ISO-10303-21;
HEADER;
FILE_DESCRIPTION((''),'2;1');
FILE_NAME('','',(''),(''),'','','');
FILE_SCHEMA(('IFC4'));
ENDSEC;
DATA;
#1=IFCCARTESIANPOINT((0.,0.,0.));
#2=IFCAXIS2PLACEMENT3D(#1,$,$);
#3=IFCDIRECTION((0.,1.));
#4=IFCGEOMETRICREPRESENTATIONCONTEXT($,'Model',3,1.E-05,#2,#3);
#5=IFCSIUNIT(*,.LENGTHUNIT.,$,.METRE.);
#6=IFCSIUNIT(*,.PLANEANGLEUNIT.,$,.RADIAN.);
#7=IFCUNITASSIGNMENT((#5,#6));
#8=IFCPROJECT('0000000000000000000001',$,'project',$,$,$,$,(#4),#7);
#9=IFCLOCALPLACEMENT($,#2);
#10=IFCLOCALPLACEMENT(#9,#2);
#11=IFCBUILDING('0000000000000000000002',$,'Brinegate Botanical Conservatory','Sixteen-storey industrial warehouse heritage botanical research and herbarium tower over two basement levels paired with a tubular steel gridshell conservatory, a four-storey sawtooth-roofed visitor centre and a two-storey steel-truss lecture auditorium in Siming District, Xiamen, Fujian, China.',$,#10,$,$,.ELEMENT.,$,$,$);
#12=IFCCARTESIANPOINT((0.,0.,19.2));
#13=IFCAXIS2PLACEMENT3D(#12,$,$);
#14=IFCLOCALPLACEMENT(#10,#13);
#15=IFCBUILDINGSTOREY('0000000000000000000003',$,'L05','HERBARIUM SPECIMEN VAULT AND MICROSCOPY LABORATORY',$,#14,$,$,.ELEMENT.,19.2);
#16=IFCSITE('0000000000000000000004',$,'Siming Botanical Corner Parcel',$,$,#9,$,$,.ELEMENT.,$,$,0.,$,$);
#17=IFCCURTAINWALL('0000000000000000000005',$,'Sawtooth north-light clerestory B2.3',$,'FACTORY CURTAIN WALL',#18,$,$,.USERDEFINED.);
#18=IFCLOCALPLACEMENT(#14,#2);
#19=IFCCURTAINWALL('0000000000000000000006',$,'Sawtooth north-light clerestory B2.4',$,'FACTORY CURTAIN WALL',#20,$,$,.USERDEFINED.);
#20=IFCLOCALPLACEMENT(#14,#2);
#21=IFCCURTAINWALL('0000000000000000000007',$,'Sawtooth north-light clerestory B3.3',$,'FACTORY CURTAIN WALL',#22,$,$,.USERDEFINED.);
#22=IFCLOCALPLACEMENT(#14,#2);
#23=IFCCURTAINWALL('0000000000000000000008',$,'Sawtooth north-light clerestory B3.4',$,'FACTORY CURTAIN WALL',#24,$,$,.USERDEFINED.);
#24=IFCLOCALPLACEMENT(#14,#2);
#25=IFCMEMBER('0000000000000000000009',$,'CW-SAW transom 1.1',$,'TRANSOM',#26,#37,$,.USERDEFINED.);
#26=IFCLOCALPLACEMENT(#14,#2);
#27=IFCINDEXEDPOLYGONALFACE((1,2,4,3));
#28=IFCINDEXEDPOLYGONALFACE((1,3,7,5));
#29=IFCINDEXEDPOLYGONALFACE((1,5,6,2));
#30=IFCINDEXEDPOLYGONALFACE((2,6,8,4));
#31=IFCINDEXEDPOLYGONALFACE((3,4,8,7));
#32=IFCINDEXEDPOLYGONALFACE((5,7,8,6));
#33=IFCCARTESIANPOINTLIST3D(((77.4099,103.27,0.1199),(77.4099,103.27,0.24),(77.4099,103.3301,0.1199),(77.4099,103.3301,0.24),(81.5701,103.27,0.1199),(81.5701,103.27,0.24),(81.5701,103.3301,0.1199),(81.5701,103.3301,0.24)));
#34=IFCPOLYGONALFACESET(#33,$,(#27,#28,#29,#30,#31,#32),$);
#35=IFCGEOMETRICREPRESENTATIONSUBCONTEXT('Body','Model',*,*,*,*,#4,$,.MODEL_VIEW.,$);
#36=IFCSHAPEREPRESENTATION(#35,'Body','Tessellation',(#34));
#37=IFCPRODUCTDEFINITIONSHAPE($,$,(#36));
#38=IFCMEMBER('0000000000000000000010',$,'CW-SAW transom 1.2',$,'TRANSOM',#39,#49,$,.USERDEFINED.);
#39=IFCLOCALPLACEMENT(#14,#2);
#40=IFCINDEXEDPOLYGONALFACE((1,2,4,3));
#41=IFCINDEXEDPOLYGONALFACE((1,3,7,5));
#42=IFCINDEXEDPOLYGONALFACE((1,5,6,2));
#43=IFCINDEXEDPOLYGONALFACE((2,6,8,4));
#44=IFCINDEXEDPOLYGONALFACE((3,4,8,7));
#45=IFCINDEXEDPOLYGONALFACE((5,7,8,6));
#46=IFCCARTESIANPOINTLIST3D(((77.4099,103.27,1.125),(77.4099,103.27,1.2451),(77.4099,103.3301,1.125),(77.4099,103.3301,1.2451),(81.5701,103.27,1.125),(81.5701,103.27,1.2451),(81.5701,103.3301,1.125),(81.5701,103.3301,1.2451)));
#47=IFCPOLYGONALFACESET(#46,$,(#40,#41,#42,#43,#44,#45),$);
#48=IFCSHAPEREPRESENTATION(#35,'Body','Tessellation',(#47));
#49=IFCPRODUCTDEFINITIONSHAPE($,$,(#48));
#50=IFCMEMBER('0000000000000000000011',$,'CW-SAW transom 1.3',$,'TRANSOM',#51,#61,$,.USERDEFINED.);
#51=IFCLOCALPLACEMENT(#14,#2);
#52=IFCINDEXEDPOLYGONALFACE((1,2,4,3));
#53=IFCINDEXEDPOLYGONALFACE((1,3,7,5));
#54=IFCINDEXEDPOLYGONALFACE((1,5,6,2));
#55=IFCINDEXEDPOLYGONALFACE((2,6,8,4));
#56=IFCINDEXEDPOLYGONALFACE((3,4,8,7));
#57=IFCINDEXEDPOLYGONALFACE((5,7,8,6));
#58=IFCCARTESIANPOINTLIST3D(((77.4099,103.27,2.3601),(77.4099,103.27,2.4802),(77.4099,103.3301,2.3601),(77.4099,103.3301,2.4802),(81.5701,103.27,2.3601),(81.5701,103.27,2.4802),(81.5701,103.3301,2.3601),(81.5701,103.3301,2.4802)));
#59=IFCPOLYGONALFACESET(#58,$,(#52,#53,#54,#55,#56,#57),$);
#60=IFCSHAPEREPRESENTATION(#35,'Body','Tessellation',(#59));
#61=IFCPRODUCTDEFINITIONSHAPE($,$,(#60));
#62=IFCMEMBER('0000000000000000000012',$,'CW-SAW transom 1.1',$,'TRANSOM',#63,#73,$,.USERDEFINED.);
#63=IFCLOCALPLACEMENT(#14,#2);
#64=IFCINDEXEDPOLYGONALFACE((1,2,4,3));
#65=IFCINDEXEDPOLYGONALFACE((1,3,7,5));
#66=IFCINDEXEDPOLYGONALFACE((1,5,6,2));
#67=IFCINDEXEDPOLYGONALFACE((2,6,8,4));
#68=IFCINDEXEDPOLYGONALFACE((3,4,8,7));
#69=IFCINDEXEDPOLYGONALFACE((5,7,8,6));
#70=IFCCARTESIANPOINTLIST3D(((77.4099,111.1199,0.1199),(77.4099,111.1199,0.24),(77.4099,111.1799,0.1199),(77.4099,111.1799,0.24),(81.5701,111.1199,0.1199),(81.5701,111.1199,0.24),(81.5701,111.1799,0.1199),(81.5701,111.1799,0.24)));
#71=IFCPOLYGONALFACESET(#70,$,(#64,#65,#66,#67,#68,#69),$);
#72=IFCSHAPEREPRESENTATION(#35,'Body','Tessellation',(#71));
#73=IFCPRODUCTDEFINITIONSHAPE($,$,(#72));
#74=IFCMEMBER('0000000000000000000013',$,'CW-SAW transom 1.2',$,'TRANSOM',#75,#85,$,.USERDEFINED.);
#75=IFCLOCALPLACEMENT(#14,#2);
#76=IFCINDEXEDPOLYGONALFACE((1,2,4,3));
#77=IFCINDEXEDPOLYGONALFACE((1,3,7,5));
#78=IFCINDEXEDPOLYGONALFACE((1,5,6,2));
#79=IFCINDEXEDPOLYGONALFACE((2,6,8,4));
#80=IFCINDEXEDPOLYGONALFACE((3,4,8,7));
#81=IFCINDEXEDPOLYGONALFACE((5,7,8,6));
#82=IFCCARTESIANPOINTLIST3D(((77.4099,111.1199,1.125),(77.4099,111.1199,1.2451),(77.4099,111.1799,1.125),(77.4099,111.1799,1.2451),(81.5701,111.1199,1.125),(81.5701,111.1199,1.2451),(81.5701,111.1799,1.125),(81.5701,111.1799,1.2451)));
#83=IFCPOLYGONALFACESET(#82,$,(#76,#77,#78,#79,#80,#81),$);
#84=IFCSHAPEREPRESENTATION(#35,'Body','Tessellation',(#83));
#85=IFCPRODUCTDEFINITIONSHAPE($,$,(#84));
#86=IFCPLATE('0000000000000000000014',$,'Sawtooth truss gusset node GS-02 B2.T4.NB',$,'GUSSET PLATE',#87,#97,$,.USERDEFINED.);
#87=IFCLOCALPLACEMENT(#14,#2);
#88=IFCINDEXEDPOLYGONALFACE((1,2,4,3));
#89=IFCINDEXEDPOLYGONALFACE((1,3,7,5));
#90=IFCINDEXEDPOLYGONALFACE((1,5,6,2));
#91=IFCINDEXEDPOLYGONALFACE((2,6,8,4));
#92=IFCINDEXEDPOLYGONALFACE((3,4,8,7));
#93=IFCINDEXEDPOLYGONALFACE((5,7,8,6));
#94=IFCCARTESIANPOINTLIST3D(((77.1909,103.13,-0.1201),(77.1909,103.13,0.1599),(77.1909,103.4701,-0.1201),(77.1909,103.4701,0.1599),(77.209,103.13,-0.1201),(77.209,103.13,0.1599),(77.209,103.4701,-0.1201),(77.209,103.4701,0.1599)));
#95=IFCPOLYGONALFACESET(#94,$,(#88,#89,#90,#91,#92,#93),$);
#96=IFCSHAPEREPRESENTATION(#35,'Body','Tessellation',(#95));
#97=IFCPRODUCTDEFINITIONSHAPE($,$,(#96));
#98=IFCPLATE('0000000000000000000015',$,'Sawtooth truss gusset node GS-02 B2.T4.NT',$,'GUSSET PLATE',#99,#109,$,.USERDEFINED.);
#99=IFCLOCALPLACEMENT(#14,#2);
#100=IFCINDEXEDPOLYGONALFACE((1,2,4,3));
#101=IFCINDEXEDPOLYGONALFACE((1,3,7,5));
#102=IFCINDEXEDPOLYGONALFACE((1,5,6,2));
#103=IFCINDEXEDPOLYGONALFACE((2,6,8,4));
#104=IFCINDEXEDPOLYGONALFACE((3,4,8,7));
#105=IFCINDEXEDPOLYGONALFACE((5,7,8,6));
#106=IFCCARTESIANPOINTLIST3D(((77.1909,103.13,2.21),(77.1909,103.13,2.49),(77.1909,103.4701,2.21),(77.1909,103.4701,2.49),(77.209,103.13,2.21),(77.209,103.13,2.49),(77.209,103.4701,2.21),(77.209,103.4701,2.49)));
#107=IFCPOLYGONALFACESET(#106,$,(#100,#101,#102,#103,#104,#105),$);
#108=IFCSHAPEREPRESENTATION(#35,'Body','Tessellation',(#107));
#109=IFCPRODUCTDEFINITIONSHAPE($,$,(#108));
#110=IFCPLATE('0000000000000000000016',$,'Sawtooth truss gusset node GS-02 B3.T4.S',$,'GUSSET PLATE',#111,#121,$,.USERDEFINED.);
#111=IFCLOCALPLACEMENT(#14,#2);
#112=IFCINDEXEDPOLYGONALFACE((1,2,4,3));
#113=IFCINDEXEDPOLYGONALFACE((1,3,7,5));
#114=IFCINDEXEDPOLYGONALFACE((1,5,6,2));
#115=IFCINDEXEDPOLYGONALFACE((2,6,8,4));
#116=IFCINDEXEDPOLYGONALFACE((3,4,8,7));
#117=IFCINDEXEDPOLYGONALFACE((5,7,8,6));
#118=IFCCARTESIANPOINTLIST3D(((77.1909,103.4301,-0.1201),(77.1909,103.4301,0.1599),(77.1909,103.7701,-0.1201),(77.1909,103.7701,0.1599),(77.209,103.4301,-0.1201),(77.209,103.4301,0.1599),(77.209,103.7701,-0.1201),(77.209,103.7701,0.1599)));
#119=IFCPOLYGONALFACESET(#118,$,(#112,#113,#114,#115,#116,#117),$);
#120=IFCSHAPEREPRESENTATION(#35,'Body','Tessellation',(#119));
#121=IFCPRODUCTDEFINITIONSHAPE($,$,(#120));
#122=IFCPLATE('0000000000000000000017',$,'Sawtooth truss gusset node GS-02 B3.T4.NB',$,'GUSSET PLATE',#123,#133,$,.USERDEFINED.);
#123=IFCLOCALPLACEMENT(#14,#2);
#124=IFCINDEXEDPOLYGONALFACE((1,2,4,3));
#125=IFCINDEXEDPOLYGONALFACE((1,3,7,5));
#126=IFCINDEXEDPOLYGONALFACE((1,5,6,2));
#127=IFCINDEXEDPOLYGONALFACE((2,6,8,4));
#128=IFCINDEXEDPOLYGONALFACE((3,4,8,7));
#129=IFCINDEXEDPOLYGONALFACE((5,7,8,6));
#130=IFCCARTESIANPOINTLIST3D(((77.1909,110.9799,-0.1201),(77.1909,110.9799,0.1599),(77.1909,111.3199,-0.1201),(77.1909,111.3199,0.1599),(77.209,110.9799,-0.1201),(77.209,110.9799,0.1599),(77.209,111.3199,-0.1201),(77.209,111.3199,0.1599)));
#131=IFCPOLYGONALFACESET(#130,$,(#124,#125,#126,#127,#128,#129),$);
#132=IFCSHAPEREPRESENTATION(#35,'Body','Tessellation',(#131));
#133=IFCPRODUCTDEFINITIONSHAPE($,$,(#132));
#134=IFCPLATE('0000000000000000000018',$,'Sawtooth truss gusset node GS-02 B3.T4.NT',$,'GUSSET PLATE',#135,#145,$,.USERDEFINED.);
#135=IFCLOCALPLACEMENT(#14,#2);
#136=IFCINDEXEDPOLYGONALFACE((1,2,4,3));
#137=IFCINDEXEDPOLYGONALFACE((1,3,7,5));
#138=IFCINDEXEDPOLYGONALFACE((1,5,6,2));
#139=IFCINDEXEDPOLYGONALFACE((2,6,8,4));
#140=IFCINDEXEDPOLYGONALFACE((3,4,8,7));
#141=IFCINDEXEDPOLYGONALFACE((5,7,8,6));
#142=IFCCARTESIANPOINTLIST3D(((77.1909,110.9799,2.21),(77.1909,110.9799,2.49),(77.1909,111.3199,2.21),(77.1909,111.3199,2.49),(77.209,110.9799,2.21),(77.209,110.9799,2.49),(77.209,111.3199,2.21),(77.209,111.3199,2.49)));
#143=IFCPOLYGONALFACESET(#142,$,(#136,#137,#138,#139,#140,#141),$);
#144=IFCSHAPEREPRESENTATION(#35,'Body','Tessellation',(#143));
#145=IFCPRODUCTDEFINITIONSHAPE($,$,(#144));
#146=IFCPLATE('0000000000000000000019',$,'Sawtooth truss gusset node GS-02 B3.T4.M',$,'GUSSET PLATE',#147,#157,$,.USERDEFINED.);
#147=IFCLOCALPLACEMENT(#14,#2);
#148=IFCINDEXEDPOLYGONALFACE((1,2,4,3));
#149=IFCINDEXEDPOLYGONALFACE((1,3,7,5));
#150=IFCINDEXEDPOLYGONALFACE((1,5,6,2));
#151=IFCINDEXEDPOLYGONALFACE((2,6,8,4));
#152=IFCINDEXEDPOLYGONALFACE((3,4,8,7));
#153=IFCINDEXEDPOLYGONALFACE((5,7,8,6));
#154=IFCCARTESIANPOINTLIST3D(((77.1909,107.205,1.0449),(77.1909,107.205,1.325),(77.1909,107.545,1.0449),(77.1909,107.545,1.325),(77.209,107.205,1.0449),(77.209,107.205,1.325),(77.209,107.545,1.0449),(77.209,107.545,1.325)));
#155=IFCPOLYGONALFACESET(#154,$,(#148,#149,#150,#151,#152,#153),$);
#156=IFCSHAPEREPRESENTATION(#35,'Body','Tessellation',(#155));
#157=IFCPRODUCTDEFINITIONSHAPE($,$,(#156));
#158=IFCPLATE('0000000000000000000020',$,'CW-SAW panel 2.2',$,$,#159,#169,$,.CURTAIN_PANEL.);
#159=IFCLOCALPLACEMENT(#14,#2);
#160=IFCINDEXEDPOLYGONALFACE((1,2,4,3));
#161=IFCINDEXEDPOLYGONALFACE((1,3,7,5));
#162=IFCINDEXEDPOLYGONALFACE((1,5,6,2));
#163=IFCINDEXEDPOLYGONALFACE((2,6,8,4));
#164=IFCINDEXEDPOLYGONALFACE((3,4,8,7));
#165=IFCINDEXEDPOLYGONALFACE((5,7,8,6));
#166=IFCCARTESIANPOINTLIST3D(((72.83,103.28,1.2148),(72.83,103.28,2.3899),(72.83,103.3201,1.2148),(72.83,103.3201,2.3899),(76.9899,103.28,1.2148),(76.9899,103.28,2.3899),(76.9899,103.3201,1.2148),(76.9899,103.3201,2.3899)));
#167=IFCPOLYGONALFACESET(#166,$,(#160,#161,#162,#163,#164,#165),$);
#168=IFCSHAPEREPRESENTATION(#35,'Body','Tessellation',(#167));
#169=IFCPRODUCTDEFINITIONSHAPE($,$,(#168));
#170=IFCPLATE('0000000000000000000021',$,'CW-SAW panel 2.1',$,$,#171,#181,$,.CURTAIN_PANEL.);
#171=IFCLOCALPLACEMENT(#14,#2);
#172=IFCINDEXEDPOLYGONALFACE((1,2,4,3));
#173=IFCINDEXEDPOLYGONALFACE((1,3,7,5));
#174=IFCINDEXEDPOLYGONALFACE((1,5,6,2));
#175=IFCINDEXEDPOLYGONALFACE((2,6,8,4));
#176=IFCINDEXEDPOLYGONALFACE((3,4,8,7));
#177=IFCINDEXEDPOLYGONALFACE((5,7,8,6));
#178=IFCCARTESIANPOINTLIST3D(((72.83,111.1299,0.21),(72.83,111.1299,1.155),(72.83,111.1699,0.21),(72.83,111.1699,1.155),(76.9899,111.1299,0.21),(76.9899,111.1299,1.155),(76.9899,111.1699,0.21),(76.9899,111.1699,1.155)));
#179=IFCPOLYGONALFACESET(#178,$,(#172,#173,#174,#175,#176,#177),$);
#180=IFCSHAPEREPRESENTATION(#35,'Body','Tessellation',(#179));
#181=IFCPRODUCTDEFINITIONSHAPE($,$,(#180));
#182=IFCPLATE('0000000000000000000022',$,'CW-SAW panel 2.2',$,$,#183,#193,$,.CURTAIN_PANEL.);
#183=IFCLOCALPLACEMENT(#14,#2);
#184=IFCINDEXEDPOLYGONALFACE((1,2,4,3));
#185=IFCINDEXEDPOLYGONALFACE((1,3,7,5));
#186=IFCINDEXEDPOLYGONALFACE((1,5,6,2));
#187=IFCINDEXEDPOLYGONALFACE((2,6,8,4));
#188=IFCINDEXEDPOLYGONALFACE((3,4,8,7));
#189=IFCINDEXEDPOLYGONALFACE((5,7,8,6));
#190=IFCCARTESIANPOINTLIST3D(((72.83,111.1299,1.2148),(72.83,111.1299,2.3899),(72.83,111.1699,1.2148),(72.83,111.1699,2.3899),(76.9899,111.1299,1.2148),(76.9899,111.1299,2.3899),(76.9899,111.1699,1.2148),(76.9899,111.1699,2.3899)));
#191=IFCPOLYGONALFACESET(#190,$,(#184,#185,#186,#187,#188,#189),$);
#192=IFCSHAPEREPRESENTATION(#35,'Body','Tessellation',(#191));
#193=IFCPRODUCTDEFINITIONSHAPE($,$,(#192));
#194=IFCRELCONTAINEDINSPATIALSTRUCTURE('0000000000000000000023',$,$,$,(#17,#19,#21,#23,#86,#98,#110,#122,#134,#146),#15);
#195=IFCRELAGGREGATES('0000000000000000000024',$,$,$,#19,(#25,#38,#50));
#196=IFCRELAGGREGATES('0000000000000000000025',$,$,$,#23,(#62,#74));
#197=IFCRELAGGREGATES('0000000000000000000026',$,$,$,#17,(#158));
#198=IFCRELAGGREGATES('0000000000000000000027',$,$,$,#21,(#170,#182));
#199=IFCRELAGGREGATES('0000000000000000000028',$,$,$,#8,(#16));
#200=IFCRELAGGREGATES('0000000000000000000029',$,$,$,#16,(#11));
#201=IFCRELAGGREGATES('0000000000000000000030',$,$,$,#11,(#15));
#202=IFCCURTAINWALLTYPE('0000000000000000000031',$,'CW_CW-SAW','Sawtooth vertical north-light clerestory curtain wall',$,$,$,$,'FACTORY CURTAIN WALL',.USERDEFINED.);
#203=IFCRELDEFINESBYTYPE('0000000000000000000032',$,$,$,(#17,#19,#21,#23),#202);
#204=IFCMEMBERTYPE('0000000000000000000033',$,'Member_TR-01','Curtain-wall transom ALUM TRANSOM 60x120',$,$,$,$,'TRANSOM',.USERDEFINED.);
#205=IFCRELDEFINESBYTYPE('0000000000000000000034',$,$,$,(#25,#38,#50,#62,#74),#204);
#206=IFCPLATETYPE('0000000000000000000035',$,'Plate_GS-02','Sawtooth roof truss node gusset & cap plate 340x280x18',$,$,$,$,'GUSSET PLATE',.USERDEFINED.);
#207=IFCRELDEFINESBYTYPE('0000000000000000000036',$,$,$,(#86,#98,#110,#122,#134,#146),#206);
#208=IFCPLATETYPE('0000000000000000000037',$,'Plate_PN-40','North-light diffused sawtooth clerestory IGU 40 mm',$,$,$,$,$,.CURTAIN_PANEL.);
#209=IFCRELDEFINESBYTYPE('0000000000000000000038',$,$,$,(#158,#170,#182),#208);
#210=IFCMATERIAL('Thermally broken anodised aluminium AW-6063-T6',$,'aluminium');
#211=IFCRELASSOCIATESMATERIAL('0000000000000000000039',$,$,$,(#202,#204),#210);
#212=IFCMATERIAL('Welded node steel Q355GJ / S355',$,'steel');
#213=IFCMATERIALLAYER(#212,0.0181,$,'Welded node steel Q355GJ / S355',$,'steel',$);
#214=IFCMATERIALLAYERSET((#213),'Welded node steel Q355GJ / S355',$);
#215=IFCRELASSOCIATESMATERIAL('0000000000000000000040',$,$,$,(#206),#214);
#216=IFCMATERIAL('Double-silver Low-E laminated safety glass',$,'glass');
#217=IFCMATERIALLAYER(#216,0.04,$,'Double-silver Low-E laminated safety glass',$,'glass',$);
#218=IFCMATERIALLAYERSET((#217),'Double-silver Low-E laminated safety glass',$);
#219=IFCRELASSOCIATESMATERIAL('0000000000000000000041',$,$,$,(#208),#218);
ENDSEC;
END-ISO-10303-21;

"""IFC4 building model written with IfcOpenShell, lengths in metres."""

from ifc_helpers import new_model, si_unit, direction, frame, origin, origin_2d, place, context, subcontext, project, spatial, rectangle, extrude, material, layer, layer_set, material_profile, profile_set, type_object, element, aggregate, save


model = new_model("IFC4")

# Units and contexts
model_context = context("Model", 3, precision=1e-05, world=origin(), true_north=direction((0.0, 1.0)))
body_context = subcontext(model_context, "Body", "Model", "MODEL_VIEW")
ifc_project = project(units=[si_unit("LENGTHUNIT", "METRE"), si_unit("PLANEANGLEUNIT", "RADIAN")], contexts=[model_context])

# Site, building, storey
site_placement = place(None, origin())
site = spatial("IfcSite", under=ifc_project, at=site_placement, Name="Siming Botanical Corner Parcel", CompositionType="ELEMENT", RefElevation=0.0)
building_placement = place(site_placement, origin())
building = spatial("IfcBuilding", under=site, at=building_placement, Name="Brinegate Botanical Conservatory", Description="Sixteen-storey industrial warehouse heritage botanical research and herbarium tower over two basement levels paired with a tubular steel gridshell conservatory, a four-storey sawtooth-roofed visitor centre and a two-storey steel-truss lecture auditorium in Siming District, Xiamen, Fujian, China.", CompositionType="ELEMENT")
storey_placement = place(building_placement, frame((0.0, 0.0, 19.2)))
storey = spatial("IfcBuildingStorey", under=building, at=storey_placement, Name="L05", Description="HERBARIUM SPECIMEN VAULT AND MICROSCOPY LABORATORY", CompositionType="ELEMENT", Elevation=19.2)

# Curtain walls
ifc_material_1 = material(Name="Thermally broken anodised aluminium AW-6063-T6", Category="aluminium")
curtain_wall_type = type_object("IfcCurtainWallType", Name="CW_CW-SAW", Description="Sawtooth vertical north-light clerestory curtain wall", ElementType="FACTORY CURTAIN WALL", PredefinedType="USERDEFINED", material=ifc_material_1)
curtain_wall_1_placement = place(storey_placement, origin())
curtain_wall_1 = element("IfcCurtainWall", 1, at=curtain_wall_1_placement, inside=storey, type_object=curtain_wall_type, Name="Sawtooth north-light clerestory B2.3", ObjectType="FACTORY CURTAIN WALL", PredefinedType="USERDEFINED")
curtain_wall_2_placement = place(storey_placement, origin())
curtain_wall_2 = element("IfcCurtainWall", 2, at=curtain_wall_2_placement, inside=storey, type_object=curtain_wall_type, Name="Sawtooth north-light clerestory B2.4", ObjectType="FACTORY CURTAIN WALL", PredefinedType="USERDEFINED")
curtain_wall_3_placement = place(storey_placement, origin())
curtain_wall_3 = element("IfcCurtainWall", 3, at=curtain_wall_3_placement, inside=storey, type_object=curtain_wall_type, Name="Sawtooth north-light clerestory B3.3", ObjectType="FACTORY CURTAIN WALL", PredefinedType="USERDEFINED")
curtain_wall_4_placement = place(storey_placement, origin())
curtain_wall_4 = element("IfcCurtainWall", 4, at=curtain_wall_4_placement, inside=storey, type_object=curtain_wall_type, Name="Sawtooth north-light clerestory B3.4", ObjectType="FACTORY CURTAIN WALL", PredefinedType="USERDEFINED")

# Members
ifc_material_profile_1 = material_profile(ifc_material_1, rectangle(XDim=0.0601, YDim=0.1201, at=origin_2d()), Name="ALUM TRANSOM 60x120")
ifc_profile_set_1 = profile_set([ifc_material_profile_1], Name="Thermally broken anodised aluminium AW-6063-T6")
member_type_1 = type_object("IfcMemberType", Name="Member_TR-01", Description="Curtain-wall transom ALUM TRANSOM 60x120", ElementType="TRANSOM", PredefinedType="USERDEFINED", material=ifc_profile_set_1)
member_1_placement = place(storey_placement, frame((77.4099, 103.3, 0.1799), z_axis=(1.0, 0.0, 0.0), x_axis=(0.0, 1.0, 0.0)))
member_1 = element("IfcMember", 5, at=member_1_placement, type_object=member_type_1, Name="CW-SAW transom 1.1", ObjectType="TRANSOM", PredefinedType="USERDEFINED", context=body_context, shape_type="SweptSolid", body=[
    extrude(rectangle(XDim=0.0601, YDim=0.1201, at=origin_2d()), origin(), (0.0, 0.0, 1.0), 4.1602),
])
member_2_placement = place(storey_placement, frame((77.4099, 103.3, 1.1851), z_axis=(1.0, 0.0, 0.0), x_axis=(0.0, 1.0, 0.0)))
member_2 = element("IfcMember", 6, at=member_2_placement, type_object=member_type_1, Name="CW-SAW transom 1.2", ObjectType="TRANSOM", PredefinedType="USERDEFINED", context=body_context, shape_type="SweptSolid", body=[
    extrude(rectangle(XDim=0.0601, YDim=0.1201, at=origin_2d()), origin(), (0.0, 0.0, 1.0), 4.1602),
])
member_3_placement = place(storey_placement, frame((77.4099, 103.3, 2.4202), z_axis=(1.0, 0.0, 0.0), x_axis=(0.0, 1.0, 0.0)))
member_3 = element("IfcMember", 7, at=member_3_placement, type_object=member_type_1, Name="CW-SAW transom 1.3", ObjectType="TRANSOM", PredefinedType="USERDEFINED", context=body_context, shape_type="SweptSolid", body=[
    extrude(rectangle(XDim=0.0601, YDim=0.1201, at=origin_2d()), origin(), (0.0, 0.0, 1.0), 4.1602),
])
aggregate(curtain_wall_2, [member_1, member_2, member_3])
member_4_placement = place(storey_placement, frame((77.4099, 111.1499, 0.1799), z_axis=(1.0, 0.0, 0.0), x_axis=(0.0, 1.0, 0.0)))
member_4 = element("IfcMember", 8, at=member_4_placement, type_object=member_type_1, Name="CW-SAW transom 1.1", ObjectType="TRANSOM", PredefinedType="USERDEFINED", context=body_context, shape_type="SweptSolid", body=[
    extrude(rectangle(XDim=0.0601, YDim=0.1201, at=origin_2d()), origin(), (0.0, 0.0, 1.0), 4.1602),
])
member_5_placement = place(storey_placement, frame((77.4099, 111.1499, 1.1851), z_axis=(1.0, 0.0, 0.0), x_axis=(0.0, 1.0, 0.0)))
member_5 = element("IfcMember", 9, at=member_5_placement, type_object=member_type_1, Name="CW-SAW transom 1.2", ObjectType="TRANSOM", PredefinedType="USERDEFINED", context=body_context, shape_type="SweptSolid", body=[
    extrude(rectangle(XDim=0.0601, YDim=0.1201, at=origin_2d()), origin(), (0.0, 0.0, 1.0), 4.1602),
])
aggregate(curtain_wall_4, [member_4, member_5])

# Plates
ifc_material_2 = material(Name="Welded node steel Q355GJ / S355", Category="steel")
ifc_layer_1 = layer(ifc_material_2, 0.0181, Name="Welded node steel Q355GJ / S355", Category="steel")
ifc_layer_set_1 = layer_set([ifc_layer_1], Name="Welded node steel Q355GJ / S355")
plate_type_1 = type_object("IfcPlateType", Name="Plate_GS-02", Description="Sawtooth roof truss node gusset & cap plate 340x280x18", ElementType="GUSSET PLATE", PredefinedType="USERDEFINED", material=ifc_layer_set_1)
for number, where, z_axis, x_axis, name in (
    (10, (77.2, 103.3, -0.1201), (0.0, 0.0, 1.0), (1.0, 0.0, 0.0), "Sawtooth truss gusset node GS-02 B2.T4.NB"),
    (11, (77.2, 103.3, 2.21), (0.0, 0.0, 1.0), (1.0, 0.0, 0.0), "Sawtooth truss gusset node GS-02 B2.T4.NT"),
    (12, (77.2, 103.6001, -0.1201), (0.0, 0.0, 1.0), (1.0, 0.0, 0.0), "Sawtooth truss gusset node GS-02 B3.T4.S"),
    (13, (77.2, 111.1499, -0.1201), (0.0, 0.0, 1.0), (1.0, 0.0, 0.0), "Sawtooth truss gusset node GS-02 B3.T4.NB"),
    (14, (77.2, 111.1499, 2.21), (0.0, 0.0, 1.0), (1.0, 0.0, 0.0), "Sawtooth truss gusset node GS-02 B3.T4.NT"),
    (15, (77.2, 107.375, 1.0449), (0.0, 0.0, 1.0), (1.0, 0.0, 0.0), "Sawtooth truss gusset node GS-02 B3.T4.M"),
):
    element("IfcPlate", number, at=place(storey_placement, frame(where, z_axis=z_axis, x_axis=x_axis)), inside=storey, type_object=plate_type_1, Name=name, ObjectType="GUSSET PLATE", PredefinedType="USERDEFINED", context=body_context, shape_type="SweptSolid", body=[
        extrude(rectangle(XDim=0.0181, YDim=0.3401, at=origin_2d()), origin(), (0.0, 0.0, 1.0), 0.28),
    ])

# Plates
ifc_material_3 = material(Name="Double-silver Low-E laminated safety glass", Category="glass")
ifc_layer_2 = layer(ifc_material_3, 0.04, Name="Double-silver Low-E laminated safety glass", Category="glass")
ifc_layer_set_2 = layer_set([ifc_layer_2], Name="Double-silver Low-E laminated safety glass")
plate_type_2 = type_object("IfcPlateType", Name="Plate_PN-40", Description="North-light diffused sawtooth clerestory IGU 40 mm", PredefinedType="CURTAIN_PANEL", material=ifc_layer_set_2)
plate_1_placement = place(storey_placement, frame((74.9099, 103.3, 1.2148), z_axis=(0.0, 0.0, 1.0), x_axis=(1.0, 0.0, 0.0)))
plate_1 = element("IfcPlate", 16, at=plate_1_placement, type_object=plate_type_2, Name="CW-SAW panel 2.2", PredefinedType="CURTAIN_PANEL", context=body_context, shape_type="SweptSolid", body=[
    extrude(rectangle(XDim=4.1599, YDim=0.04, at=origin_2d()), origin(), (0.0, 0.0, 1.0), 1.175),
])
aggregate(curtain_wall_1, [plate_1])
plate_2_placement = place(storey_placement, frame((74.9099, 111.1499, 0.21), z_axis=(0.0, 0.0, 1.0), x_axis=(1.0, 0.0, 0.0)))
plate_2 = element("IfcPlate", 17, at=plate_2_placement, type_object=plate_type_2, Name="CW-SAW panel 2.1", PredefinedType="CURTAIN_PANEL", context=body_context, shape_type="SweptSolid", body=[
    extrude(rectangle(XDim=4.1599, YDim=0.04, at=origin_2d()), origin(), (0.0, 0.0, 1.0), 0.9451),
])
plate_3_placement = place(storey_placement, frame((74.9099, 111.1499, 1.2148), z_axis=(0.0, 0.0, 1.0), x_axis=(1.0, 0.0, 0.0)))
plate_3 = element("IfcPlate", 18, at=plate_3_placement, type_object=plate_type_2, Name="CW-SAW panel 2.2", PredefinedType="CURTAIN_PANEL", context=body_context, shape_type="SweptSolid", body=[
    extrude(rectangle(XDim=4.1599, YDim=0.04, at=origin_2d()), origin(), (0.0, 0.0, 1.0), 1.175),
])
aggregate(curtain_wall_3, [plate_2, plate_3])

save(model, "model.ifc")
